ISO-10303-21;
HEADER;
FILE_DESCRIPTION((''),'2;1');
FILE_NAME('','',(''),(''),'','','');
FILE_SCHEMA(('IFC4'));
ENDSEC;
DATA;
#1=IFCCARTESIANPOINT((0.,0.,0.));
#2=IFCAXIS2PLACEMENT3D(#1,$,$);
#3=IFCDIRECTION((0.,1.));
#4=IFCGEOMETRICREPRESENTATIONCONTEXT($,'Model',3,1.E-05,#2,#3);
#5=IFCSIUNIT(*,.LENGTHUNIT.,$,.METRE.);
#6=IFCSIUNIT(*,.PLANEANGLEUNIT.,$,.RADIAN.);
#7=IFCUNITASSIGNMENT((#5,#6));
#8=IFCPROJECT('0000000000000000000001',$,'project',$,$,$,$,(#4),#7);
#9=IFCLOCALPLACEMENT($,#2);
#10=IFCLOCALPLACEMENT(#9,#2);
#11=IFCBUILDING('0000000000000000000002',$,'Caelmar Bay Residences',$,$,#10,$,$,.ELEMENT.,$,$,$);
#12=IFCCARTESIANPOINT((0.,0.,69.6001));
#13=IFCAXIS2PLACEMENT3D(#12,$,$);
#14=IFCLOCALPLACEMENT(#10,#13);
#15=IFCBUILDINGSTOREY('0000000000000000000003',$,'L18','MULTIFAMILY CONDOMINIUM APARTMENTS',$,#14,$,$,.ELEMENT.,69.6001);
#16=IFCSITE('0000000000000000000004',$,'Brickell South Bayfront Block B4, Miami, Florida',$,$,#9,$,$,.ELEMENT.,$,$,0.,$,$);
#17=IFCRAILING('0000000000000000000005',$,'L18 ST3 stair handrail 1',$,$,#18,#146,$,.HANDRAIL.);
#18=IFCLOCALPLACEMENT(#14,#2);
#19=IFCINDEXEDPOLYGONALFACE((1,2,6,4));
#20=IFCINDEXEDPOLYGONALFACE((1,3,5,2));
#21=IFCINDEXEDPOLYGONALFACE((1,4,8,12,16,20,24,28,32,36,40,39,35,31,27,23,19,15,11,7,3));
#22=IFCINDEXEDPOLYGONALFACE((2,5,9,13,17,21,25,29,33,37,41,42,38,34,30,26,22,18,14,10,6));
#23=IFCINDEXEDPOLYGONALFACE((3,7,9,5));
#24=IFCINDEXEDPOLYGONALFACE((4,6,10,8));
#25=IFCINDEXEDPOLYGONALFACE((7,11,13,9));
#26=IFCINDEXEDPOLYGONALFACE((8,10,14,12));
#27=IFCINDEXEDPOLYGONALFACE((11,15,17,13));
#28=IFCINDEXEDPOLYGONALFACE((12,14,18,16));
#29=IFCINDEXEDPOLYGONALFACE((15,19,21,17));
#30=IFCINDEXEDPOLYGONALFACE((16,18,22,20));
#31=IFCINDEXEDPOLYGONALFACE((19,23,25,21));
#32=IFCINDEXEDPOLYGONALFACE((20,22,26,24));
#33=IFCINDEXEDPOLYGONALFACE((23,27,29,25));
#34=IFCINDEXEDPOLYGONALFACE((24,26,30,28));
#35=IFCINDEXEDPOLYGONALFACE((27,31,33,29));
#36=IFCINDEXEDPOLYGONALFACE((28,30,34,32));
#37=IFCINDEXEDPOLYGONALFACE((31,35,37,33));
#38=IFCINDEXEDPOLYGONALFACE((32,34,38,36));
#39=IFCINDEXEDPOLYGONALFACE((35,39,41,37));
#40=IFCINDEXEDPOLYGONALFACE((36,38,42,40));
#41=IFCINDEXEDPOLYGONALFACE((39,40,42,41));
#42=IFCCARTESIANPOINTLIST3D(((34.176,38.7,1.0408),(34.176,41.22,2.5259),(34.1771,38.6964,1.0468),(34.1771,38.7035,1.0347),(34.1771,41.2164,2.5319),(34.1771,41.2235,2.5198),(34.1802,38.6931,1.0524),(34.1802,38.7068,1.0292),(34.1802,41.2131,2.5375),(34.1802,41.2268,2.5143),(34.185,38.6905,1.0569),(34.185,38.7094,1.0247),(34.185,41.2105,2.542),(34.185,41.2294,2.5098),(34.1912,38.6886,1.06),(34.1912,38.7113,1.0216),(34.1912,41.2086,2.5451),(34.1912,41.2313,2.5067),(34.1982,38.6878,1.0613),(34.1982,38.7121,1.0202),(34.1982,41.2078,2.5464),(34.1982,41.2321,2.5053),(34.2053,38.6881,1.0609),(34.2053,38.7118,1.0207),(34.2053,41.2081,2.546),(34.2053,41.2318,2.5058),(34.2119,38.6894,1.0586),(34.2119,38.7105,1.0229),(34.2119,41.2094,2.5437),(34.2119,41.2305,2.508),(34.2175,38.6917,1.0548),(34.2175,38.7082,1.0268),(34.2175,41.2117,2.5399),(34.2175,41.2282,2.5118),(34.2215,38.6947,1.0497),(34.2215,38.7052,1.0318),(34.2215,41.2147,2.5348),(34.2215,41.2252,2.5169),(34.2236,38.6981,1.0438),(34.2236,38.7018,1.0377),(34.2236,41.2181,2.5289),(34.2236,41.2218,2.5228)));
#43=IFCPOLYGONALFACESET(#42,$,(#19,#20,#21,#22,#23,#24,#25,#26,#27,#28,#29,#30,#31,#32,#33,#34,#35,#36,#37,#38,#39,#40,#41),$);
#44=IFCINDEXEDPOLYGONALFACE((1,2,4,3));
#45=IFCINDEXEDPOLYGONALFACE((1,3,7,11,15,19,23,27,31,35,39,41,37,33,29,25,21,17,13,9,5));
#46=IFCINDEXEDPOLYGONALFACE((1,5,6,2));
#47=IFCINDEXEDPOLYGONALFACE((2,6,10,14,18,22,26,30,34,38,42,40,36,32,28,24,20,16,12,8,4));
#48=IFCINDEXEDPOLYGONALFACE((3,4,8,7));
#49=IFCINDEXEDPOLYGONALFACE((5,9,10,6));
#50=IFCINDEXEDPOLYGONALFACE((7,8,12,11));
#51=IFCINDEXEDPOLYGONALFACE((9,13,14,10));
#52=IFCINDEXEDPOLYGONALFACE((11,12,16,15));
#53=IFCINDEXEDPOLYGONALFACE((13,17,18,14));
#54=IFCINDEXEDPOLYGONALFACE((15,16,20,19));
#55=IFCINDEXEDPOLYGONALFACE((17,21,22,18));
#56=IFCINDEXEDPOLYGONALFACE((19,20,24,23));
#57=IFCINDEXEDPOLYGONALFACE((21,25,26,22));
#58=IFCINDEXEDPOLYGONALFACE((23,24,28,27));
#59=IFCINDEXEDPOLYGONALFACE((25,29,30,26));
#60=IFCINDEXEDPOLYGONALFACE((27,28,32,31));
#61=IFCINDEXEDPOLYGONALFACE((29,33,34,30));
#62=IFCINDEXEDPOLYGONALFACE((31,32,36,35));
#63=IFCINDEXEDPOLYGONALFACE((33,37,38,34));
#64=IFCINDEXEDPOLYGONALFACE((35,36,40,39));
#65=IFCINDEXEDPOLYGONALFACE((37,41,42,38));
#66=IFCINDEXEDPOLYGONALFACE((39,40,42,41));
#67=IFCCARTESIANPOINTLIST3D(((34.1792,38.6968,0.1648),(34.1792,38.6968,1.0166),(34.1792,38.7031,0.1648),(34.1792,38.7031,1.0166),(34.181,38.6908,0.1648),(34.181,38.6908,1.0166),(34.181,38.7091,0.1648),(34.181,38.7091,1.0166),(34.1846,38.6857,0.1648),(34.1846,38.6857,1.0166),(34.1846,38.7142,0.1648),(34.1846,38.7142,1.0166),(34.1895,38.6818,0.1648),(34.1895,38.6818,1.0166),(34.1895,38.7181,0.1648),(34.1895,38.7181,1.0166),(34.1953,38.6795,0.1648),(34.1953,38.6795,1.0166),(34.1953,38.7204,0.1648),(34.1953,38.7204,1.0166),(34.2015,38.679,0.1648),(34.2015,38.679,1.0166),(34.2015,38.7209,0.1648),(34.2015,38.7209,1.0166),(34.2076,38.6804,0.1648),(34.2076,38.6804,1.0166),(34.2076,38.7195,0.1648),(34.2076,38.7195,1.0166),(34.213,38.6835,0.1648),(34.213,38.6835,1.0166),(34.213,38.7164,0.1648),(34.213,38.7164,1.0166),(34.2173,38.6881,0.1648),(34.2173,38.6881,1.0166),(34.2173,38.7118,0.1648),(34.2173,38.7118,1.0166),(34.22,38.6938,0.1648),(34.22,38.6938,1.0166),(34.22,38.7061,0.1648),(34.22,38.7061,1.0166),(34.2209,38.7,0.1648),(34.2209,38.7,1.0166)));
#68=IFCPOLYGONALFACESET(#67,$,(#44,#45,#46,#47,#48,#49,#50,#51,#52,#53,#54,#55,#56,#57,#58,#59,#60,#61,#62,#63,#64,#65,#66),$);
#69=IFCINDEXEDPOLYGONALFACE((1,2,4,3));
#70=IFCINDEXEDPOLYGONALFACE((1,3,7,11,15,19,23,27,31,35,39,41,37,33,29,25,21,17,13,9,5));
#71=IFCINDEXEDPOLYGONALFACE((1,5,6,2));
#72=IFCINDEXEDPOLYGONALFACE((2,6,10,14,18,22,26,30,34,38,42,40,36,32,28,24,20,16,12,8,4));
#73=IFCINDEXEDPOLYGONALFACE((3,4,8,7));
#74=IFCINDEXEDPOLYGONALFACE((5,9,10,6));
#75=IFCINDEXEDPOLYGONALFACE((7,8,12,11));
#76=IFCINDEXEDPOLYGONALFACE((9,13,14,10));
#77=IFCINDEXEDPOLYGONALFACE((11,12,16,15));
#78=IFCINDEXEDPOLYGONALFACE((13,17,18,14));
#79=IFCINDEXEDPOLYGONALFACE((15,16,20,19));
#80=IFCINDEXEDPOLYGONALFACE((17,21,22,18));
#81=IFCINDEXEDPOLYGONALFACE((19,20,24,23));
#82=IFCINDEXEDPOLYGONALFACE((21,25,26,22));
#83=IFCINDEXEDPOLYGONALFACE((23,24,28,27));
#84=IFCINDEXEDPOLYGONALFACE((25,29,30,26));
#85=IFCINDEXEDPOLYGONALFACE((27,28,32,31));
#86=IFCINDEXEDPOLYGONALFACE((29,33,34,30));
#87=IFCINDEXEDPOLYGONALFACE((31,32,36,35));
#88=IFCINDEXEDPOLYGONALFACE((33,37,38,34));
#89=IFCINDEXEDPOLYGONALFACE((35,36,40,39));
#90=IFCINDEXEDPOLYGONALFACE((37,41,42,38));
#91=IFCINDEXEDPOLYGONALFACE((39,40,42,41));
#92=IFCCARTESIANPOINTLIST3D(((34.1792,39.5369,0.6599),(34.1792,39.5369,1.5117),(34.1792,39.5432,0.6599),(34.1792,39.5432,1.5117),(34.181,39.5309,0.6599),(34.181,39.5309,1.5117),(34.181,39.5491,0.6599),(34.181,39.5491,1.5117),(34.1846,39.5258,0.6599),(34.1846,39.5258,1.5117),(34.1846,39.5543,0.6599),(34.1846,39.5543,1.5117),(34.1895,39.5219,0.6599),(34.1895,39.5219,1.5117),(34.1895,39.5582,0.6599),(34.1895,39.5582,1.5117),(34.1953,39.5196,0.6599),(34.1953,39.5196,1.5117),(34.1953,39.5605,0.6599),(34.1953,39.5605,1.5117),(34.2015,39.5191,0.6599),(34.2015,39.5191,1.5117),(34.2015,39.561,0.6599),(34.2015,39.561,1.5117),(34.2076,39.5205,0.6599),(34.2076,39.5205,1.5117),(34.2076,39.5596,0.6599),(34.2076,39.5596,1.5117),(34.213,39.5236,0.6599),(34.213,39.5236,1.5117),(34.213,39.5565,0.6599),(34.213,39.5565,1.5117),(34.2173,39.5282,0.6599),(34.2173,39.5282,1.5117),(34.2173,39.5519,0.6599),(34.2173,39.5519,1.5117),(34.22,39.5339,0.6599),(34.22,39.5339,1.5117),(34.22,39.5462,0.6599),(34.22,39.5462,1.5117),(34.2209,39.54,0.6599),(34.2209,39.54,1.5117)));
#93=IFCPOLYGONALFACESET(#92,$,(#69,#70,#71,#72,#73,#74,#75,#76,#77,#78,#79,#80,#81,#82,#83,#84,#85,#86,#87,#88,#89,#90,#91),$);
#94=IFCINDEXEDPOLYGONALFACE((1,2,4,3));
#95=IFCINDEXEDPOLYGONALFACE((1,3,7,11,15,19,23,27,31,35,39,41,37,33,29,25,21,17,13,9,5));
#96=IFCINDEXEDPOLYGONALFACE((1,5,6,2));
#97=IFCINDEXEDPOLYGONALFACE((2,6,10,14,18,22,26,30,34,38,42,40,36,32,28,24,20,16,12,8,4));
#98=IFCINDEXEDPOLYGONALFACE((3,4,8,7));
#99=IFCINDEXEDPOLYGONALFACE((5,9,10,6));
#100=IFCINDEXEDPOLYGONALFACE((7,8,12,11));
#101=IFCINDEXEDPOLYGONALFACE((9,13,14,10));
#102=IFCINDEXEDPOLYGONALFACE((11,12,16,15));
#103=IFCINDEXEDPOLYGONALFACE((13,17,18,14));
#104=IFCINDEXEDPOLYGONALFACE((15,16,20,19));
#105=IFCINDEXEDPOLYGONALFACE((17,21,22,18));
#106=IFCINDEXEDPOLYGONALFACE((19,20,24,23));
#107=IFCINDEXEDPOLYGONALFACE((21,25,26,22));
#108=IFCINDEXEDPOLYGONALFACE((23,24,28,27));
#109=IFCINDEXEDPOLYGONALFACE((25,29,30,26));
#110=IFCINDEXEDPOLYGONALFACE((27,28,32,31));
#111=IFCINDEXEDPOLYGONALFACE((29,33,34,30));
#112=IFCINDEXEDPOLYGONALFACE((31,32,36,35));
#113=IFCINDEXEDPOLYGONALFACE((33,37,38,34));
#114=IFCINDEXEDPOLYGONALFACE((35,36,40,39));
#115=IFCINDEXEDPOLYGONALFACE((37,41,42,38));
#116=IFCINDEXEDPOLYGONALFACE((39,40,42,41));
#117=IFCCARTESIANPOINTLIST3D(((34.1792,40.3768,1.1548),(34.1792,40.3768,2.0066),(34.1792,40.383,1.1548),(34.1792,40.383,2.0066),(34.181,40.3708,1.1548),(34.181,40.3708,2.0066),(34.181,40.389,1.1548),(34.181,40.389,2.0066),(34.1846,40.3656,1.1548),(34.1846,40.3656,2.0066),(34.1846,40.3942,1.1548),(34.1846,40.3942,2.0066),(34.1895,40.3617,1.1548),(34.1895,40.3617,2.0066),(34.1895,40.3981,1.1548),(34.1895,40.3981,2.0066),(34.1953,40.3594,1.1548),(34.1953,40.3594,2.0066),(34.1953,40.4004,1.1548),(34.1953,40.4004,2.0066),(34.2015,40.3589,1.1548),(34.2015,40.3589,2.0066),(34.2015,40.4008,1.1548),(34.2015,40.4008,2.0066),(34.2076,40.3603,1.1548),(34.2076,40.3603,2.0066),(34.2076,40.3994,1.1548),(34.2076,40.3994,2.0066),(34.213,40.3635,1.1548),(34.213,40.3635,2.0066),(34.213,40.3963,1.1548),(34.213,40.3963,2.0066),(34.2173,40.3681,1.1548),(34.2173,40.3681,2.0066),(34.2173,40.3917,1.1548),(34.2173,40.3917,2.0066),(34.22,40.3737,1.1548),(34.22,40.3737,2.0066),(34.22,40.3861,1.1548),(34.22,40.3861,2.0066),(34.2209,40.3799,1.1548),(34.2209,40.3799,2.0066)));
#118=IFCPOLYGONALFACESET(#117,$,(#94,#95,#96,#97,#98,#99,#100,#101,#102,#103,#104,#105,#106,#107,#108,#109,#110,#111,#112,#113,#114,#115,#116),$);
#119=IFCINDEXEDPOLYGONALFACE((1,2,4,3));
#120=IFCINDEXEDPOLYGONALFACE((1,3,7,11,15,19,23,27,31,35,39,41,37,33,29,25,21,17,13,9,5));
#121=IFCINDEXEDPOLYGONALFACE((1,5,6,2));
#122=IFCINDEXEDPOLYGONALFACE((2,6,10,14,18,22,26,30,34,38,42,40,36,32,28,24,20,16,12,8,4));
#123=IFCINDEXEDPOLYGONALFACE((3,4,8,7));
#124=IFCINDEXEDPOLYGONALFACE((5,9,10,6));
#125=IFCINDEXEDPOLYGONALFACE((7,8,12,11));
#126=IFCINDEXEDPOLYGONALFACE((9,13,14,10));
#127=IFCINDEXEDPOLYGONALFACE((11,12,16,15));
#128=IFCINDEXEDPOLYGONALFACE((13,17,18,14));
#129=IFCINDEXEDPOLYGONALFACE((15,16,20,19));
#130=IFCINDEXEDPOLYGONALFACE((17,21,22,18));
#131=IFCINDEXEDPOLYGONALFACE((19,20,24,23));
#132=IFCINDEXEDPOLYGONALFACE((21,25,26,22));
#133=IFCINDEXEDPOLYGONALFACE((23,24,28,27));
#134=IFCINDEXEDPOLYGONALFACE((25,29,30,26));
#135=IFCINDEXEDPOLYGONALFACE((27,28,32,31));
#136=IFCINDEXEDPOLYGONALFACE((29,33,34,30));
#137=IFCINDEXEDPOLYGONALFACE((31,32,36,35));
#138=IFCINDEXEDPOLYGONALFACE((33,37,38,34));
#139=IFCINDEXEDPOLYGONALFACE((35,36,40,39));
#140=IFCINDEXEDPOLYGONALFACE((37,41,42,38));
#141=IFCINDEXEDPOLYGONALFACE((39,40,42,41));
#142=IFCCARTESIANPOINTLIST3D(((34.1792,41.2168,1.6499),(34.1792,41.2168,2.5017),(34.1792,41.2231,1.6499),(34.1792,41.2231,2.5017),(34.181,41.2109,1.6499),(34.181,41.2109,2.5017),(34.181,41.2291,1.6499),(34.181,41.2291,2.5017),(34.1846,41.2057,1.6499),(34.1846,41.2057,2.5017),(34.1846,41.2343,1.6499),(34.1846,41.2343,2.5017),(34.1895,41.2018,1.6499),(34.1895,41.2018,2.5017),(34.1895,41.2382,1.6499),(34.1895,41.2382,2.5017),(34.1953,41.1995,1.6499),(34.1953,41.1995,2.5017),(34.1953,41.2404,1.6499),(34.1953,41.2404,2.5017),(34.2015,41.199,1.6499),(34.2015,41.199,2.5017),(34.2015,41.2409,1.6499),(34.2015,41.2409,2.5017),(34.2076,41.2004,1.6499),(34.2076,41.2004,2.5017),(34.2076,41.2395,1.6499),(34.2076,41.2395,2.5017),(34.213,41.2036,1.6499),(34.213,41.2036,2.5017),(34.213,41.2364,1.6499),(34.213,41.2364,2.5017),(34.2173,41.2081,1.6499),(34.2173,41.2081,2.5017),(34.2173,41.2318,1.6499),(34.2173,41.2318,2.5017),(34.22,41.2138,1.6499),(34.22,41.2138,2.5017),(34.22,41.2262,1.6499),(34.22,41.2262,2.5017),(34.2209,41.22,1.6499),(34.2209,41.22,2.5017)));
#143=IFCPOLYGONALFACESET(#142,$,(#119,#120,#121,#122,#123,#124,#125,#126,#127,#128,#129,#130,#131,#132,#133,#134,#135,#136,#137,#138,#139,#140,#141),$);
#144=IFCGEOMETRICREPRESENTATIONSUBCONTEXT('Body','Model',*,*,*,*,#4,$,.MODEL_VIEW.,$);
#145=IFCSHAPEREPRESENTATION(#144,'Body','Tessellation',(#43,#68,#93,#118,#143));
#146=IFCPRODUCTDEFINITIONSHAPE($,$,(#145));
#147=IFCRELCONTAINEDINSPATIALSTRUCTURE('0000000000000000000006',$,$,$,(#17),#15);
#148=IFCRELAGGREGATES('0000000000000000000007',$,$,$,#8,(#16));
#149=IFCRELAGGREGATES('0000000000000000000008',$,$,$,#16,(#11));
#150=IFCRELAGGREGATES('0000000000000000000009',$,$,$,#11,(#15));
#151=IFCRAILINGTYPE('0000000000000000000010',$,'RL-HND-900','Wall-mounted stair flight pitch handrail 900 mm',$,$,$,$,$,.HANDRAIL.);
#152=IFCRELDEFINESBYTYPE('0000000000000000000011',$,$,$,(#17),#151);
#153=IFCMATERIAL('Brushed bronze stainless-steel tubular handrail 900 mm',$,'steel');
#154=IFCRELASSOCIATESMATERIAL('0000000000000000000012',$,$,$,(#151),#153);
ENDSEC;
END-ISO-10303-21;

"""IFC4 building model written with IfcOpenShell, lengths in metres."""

from ifc_helpers import new_model, si_unit, direction, frame, origin, origin_2d, place, context, subcontext, project, spatial, circle, extrude, material, type_object, element, save


model = new_model("IFC4")

# Units and contexts
model_context = context("Model", 3, precision=1e-05, world=origin(), true_north=direction((0.0, 1.0)))
body_context = subcontext(model_context, "Body", "Model", "MODEL_VIEW")
ifc_project = project(units=[si_unit("LENGTHUNIT", "METRE"), si_unit("PLANEANGLEUNIT", "RADIAN")], contexts=[model_context])

# Site, building, storey
site_placement = place(None, origin())
site = spatial("IfcSite", under=ifc_project, at=site_placement, Name="Brickell South Bayfront Block B4, Miami, Florida", CompositionType="ELEMENT", RefElevation=0.0)
building_placement = place(site_placement, origin())
building = spatial("IfcBuilding", under=site, at=building_placement, Name="Caelmar Bay Residences", CompositionType="ELEMENT")
storey_placement = place(building_placement, frame((0.0, 0.0, 69.6001)))
storey = spatial("IfcBuildingStorey", under=building, at=storey_placement, Name="L18", Description="MULTIFAMILY CONDOMINIUM APARTMENTS", CompositionType="ELEMENT", Elevation=69.6001)

# Railing
ifc_material_1 = material(Name="Brushed bronze stainless-steel tubular handrail 900 mm", Category="steel")
railing_type_1 = type_object("IfcRailingType", Name="RL-HND-900", Description="Wall-mounted stair flight pitch handrail 900 mm", PredefinedType="HANDRAIL", material=ifc_material_1)
railing_1_placement = place(storey_placement, frame((34.2, 38.7, 0.1648)))
element("IfcRailing", 1, at=railing_1_placement, inside=storey, type_object=railing_type_1, Name="L18 ST3 stair handrail 1", PredefinedType="HANDRAIL", context=body_context, shape_type="SweptSolid", body=[
    extrude(circle(Radius=0.0239, at=origin_2d()), frame((0.0, 0.0, 0.876), z_axis=(0.0, 0.861524, 0.507717), x_axis=(-1.0, 0.0, 0.0)), (0.0, 0.0, 1.0), 2.925),
    extrude(circle(Radius=0.021, at=origin_2d()), origin(), (0.0, 0.0, 1.0), 0.8518),
    extrude(circle(Radius=0.021, at=origin_2d()), frame((0.0, 0.8401, 0.4951)), (0.0, 0.0, 1.0), 0.8518),
    extrude(circle(Radius=0.021, at=origin_2d()), frame((0.0, 1.6799, 0.99)), (0.0, 0.0, 1.0), 0.8518),
    extrude(circle(Radius=0.021, at=origin_2d()), frame((0.0, 2.52, 1.4851)), (0.0, 0.0, 1.0), 0.8518),
])

save(model, "model.ifc")
